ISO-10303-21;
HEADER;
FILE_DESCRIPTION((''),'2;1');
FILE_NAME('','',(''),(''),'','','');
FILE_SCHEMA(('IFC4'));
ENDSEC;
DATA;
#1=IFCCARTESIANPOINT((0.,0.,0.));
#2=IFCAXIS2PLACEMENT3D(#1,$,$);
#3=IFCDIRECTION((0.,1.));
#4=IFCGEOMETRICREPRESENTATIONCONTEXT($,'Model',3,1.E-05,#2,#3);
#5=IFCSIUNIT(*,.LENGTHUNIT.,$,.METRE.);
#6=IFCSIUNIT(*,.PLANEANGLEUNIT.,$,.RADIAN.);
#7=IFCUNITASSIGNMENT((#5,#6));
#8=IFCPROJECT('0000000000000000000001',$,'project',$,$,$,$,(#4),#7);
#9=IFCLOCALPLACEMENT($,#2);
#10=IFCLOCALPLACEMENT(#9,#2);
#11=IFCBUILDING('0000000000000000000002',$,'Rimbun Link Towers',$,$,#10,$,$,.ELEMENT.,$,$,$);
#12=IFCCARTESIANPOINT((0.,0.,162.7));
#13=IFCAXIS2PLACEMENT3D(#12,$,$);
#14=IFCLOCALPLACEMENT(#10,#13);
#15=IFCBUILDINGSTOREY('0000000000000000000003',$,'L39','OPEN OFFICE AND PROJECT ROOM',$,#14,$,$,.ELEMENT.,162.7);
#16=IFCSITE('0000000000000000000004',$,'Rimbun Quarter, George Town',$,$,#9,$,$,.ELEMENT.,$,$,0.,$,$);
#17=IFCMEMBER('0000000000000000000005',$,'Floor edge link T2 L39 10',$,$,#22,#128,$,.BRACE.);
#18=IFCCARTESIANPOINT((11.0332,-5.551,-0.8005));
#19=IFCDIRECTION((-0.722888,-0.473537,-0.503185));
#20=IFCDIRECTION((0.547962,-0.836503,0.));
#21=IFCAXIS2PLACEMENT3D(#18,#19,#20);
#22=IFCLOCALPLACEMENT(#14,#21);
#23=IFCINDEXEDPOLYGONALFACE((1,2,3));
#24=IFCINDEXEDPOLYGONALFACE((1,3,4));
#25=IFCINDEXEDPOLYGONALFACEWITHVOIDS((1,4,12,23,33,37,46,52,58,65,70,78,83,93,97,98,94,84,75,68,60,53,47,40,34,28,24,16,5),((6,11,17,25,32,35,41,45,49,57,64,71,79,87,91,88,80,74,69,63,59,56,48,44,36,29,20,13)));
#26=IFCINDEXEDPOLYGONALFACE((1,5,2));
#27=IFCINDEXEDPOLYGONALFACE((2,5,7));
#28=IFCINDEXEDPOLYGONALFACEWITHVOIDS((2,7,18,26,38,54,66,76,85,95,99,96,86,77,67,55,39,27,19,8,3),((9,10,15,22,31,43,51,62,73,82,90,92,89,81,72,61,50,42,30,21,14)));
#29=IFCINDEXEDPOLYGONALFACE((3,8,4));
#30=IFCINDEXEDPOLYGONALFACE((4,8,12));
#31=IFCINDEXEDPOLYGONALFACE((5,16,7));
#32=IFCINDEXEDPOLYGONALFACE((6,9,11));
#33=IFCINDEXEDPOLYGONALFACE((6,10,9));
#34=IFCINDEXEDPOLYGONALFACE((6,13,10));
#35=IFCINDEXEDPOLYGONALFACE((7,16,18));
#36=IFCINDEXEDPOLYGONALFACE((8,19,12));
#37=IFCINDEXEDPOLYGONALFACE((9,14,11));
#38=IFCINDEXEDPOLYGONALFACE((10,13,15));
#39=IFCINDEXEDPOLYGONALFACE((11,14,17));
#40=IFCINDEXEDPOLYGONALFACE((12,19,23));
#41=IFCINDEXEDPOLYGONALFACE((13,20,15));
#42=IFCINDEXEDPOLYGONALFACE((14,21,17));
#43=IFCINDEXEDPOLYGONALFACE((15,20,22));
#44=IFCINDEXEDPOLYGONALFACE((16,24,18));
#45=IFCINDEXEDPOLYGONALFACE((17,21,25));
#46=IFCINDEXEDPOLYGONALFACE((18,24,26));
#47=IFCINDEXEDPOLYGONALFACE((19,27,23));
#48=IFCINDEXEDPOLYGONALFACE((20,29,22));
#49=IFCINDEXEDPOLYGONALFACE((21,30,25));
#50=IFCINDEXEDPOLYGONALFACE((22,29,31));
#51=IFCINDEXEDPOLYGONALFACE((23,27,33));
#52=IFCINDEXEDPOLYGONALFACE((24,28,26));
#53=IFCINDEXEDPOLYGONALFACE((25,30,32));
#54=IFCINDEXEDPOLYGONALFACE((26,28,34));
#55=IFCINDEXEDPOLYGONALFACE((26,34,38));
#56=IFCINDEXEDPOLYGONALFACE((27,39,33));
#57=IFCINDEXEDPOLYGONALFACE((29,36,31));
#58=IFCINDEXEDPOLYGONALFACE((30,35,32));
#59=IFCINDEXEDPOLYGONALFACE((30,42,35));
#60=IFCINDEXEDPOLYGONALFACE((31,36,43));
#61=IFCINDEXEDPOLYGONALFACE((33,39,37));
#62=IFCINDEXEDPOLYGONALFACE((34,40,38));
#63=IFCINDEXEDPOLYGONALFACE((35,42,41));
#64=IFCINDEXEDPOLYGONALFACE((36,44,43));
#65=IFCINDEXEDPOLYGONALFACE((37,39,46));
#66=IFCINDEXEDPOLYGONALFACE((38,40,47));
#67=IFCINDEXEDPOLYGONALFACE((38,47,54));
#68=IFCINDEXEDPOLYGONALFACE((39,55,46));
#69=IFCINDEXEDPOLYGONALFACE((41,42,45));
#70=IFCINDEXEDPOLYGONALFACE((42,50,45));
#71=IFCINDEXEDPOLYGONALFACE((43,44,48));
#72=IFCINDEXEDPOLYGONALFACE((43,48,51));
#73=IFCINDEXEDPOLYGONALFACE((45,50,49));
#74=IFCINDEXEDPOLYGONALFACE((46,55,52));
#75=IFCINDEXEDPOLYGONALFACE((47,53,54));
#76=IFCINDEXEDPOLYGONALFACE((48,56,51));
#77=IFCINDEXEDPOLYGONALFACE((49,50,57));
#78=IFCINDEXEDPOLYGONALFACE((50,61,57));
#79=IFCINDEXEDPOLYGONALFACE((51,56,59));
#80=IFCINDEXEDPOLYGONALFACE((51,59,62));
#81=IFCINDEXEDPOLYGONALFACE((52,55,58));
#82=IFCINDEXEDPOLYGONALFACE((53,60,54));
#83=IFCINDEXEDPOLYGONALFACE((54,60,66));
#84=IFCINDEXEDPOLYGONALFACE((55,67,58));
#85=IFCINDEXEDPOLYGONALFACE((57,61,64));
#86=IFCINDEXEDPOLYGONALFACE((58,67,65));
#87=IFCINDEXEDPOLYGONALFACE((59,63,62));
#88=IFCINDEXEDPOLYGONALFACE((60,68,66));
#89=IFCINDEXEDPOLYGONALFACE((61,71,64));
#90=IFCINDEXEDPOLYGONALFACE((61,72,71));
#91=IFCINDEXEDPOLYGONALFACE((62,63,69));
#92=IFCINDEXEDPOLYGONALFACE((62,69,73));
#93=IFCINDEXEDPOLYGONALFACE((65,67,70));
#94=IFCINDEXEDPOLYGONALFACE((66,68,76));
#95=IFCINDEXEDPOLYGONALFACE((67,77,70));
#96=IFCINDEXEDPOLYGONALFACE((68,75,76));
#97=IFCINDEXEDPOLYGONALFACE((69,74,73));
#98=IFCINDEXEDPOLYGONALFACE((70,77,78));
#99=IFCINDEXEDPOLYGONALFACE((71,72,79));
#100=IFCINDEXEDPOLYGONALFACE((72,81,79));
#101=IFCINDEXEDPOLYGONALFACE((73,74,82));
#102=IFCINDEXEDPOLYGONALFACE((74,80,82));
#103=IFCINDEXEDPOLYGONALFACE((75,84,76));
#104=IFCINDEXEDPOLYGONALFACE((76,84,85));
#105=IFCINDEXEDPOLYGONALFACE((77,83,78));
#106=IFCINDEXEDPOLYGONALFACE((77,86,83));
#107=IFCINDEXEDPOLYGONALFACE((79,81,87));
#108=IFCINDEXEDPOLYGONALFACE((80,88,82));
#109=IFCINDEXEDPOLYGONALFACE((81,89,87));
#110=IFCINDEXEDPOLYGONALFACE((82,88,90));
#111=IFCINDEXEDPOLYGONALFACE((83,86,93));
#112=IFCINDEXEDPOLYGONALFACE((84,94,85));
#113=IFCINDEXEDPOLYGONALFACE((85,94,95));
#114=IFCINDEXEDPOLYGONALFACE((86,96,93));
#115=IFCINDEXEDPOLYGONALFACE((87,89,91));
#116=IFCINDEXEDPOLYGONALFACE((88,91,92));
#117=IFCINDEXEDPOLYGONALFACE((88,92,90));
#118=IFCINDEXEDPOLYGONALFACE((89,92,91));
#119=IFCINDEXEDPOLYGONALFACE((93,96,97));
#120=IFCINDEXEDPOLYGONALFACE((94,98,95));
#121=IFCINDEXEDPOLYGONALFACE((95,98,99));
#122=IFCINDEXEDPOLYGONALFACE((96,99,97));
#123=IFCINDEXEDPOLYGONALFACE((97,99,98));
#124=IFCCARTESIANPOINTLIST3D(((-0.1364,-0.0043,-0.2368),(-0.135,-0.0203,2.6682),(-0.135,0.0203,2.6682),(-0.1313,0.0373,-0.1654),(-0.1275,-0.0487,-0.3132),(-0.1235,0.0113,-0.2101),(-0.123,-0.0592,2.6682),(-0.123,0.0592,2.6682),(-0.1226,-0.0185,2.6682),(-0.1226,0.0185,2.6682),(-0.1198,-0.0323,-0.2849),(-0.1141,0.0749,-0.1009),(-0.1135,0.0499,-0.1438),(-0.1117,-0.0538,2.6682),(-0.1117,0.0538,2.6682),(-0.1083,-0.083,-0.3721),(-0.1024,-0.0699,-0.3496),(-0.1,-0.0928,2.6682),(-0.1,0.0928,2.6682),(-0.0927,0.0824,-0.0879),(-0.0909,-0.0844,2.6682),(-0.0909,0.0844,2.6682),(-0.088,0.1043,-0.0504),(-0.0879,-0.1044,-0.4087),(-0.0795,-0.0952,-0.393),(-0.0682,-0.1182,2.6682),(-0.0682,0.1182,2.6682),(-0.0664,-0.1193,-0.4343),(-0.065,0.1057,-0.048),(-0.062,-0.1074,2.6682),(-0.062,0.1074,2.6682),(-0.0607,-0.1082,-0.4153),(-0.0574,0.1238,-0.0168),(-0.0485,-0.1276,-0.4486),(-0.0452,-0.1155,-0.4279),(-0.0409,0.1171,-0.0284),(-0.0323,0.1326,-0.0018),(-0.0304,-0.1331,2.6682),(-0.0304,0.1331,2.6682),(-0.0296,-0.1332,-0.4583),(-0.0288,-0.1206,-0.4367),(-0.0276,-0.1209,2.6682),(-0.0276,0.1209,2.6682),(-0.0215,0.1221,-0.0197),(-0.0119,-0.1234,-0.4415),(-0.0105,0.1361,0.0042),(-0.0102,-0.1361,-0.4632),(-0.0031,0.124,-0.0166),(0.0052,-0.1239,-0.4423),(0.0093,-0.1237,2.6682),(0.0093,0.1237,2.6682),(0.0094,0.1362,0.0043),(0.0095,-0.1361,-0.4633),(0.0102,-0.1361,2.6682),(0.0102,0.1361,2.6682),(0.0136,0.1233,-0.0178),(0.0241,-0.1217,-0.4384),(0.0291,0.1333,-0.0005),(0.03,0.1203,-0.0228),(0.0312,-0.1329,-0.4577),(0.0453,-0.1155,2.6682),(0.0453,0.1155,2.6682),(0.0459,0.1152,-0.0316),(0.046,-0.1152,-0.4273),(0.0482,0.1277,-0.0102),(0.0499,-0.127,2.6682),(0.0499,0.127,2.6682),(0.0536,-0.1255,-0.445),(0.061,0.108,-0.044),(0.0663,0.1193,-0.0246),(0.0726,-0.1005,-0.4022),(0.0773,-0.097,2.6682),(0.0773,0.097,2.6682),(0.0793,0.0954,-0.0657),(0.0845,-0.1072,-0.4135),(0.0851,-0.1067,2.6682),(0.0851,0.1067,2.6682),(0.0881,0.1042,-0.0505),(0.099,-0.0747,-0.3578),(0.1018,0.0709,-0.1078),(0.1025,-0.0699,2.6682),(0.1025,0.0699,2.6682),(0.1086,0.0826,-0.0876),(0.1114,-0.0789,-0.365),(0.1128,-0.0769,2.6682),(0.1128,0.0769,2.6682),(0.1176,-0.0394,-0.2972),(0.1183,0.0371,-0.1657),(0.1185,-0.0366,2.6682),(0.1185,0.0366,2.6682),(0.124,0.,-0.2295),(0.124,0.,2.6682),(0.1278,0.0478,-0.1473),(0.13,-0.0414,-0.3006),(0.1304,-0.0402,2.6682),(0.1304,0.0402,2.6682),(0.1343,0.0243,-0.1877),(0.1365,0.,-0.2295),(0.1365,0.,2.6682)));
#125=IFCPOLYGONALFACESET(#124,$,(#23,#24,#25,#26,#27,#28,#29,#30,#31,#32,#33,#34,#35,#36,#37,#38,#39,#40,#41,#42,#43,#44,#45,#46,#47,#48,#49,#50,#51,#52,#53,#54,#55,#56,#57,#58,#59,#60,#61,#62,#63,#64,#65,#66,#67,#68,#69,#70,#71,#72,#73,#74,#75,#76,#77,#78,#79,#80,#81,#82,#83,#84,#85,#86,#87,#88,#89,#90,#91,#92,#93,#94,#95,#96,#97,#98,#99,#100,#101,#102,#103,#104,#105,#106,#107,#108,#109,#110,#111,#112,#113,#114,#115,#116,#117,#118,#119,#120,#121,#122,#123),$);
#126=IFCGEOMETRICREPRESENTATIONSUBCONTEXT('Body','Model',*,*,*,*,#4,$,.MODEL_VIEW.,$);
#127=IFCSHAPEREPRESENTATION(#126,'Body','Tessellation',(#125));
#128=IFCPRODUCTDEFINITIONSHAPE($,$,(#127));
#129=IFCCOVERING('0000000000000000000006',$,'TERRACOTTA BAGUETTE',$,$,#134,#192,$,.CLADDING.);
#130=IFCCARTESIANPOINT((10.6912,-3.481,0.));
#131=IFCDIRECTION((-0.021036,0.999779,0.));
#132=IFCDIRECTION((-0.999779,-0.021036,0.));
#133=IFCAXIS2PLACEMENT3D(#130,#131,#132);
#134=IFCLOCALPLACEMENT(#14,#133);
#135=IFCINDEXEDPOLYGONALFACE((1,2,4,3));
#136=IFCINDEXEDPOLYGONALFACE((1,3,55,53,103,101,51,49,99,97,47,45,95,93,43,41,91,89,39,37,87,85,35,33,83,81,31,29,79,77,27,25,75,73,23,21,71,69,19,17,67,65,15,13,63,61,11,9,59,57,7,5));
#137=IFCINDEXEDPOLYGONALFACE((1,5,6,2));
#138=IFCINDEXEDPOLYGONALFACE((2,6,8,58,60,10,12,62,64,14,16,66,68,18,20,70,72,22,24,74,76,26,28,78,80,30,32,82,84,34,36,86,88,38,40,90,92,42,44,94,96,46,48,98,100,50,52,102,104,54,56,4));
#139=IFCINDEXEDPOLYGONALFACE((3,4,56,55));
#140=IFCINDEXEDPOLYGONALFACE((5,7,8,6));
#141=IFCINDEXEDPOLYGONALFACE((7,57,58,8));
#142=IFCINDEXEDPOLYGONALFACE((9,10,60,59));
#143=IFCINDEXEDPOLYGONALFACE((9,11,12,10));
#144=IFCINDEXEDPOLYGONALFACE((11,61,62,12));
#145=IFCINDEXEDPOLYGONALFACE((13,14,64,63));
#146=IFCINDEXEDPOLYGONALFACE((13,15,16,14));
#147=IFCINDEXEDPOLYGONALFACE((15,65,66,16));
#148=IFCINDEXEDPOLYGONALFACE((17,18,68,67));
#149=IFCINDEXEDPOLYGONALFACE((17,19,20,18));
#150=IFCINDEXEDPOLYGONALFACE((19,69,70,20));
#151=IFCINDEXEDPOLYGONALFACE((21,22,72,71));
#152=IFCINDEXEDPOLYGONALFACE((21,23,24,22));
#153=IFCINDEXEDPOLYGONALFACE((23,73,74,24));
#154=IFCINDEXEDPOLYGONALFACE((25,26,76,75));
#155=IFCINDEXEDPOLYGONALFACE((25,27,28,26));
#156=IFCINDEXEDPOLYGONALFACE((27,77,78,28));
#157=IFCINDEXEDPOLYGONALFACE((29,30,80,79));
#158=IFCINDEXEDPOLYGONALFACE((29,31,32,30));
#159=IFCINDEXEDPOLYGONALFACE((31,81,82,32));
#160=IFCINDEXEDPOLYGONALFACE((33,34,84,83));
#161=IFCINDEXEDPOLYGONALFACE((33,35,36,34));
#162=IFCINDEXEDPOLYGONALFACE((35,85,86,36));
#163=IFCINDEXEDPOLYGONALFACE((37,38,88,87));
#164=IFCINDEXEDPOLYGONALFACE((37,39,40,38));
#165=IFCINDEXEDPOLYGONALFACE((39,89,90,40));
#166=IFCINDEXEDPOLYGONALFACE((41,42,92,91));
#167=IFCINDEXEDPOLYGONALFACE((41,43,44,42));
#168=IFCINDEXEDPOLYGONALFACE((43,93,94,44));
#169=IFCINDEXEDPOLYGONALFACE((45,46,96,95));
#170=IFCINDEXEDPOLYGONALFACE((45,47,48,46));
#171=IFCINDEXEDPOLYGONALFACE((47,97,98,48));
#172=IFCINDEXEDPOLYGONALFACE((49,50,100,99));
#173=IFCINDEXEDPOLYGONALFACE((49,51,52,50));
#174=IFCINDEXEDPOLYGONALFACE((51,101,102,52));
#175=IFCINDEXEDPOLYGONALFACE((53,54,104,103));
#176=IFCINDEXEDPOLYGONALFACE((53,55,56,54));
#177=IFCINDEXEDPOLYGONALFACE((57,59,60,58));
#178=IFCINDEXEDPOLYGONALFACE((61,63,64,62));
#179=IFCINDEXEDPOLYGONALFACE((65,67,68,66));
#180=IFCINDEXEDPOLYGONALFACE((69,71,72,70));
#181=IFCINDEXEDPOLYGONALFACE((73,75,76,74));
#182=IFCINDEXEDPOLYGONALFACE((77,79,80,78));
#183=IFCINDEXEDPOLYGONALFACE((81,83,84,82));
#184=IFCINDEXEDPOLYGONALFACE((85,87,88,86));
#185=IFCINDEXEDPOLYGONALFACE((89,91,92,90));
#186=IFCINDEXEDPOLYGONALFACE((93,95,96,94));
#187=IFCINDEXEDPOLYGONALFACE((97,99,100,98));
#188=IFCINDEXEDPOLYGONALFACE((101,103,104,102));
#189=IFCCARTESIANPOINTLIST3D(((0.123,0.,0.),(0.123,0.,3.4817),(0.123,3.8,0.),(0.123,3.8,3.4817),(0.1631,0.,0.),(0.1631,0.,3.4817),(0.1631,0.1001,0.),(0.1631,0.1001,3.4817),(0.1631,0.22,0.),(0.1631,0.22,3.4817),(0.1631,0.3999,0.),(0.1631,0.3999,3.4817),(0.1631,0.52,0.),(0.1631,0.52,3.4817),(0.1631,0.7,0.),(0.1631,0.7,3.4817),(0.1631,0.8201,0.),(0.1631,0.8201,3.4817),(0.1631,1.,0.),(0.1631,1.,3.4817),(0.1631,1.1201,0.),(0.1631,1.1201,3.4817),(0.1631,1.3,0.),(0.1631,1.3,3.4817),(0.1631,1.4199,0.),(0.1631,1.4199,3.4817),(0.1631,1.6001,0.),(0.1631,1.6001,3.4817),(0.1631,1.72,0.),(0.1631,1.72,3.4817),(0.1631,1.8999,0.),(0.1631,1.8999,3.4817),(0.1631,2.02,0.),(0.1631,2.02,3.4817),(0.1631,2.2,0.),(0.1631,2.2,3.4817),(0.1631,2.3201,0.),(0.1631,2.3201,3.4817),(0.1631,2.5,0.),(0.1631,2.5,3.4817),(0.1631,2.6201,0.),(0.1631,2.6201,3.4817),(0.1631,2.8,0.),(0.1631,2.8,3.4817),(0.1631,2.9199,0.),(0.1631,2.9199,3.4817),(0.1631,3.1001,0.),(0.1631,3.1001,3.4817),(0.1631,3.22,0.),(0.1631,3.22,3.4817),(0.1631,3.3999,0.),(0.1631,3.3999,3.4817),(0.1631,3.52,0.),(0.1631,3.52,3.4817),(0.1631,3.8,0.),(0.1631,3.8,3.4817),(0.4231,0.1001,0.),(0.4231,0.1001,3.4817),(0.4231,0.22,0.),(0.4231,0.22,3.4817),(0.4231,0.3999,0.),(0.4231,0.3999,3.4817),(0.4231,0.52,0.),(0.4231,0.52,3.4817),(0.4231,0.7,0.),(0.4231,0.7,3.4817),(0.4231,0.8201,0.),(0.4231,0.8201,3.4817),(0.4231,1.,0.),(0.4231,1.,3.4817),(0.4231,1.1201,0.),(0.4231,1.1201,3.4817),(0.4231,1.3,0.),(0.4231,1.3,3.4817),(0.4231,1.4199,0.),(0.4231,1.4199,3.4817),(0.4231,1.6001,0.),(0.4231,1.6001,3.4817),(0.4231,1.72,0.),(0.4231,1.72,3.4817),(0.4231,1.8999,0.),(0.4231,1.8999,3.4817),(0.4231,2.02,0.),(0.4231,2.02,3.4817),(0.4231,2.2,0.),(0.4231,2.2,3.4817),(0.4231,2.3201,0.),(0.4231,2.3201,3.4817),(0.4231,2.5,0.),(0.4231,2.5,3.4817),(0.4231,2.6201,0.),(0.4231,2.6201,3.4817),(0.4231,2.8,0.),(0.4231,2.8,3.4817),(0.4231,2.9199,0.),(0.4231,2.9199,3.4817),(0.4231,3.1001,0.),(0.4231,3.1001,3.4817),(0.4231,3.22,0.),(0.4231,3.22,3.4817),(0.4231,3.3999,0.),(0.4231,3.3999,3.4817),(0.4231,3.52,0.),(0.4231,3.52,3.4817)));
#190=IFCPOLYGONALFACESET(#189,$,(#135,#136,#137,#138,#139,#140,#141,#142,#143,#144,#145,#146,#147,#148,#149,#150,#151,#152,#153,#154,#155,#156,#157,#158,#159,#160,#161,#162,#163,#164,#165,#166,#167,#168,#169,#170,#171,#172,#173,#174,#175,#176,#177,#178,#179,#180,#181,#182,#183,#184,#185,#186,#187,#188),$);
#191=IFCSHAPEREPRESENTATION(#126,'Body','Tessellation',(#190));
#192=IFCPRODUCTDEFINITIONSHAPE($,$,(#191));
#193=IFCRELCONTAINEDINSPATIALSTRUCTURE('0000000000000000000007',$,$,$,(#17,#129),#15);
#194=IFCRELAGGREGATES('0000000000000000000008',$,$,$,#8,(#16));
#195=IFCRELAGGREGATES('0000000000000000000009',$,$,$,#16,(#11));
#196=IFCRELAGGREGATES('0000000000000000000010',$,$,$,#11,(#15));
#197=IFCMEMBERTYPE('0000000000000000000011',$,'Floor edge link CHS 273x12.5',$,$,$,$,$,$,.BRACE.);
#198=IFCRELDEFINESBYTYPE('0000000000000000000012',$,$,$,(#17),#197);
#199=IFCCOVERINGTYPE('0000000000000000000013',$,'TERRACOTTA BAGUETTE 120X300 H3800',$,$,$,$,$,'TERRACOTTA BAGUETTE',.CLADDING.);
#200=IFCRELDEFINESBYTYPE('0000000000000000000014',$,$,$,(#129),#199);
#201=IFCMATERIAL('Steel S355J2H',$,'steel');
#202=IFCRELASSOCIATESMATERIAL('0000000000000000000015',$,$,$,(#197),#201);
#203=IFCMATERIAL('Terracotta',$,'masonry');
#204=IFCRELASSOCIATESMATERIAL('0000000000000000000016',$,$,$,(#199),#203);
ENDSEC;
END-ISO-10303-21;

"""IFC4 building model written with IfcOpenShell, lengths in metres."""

from ifc_helpers import new_model, si_unit, direction, frame, origin, origin_2d, place, context, subcontext, project, spatial, polyline, hollow_circle, outline, extrude, clip, halfspace, material, material_profile, profile_set, type_object, element, save


model = new_model("IFC4")

# Units and contexts
model_context = context("Model", 3, precision=1e-05, world=origin(), true_north=direction((0.0, 1.0)))
body_context = subcontext(model_context, "Body", "Model", "MODEL_VIEW")
ifc_project = project(units=[si_unit("LENGTHUNIT", "METRE"), si_unit("PLANEANGLEUNIT", "RADIAN")], contexts=[model_context])

# Site, building, storey
site_placement = place(None, origin())
site = spatial("IfcSite", under=ifc_project, at=site_placement, Name="Rimbun Quarter, George Town", CompositionType="ELEMENT", RefElevation=0.0)
building_placement = place(site_placement, origin())
building = spatial("IfcBuilding", under=site, at=building_placement, Name="Rimbun Link Towers", CompositionType="ELEMENT")
storey_placement = place(building_placement, frame((0.0, 0.0, 162.7)))
storey = spatial("IfcBuildingStorey", under=building, at=storey_placement, Name="L39", Description="OPEN OFFICE AND PROJECT ROOM", CompositionType="ELEMENT", Elevation=162.7)

# Member
ifc_material_1 = material(Name="Steel S355J2H", Category="steel")
ifc_material_profile_1 = material_profile(ifc_material_1, hollow_circle(Radius=0.1365, WallThickness=0.0125, at=origin_2d()), Name="CHS 273x12.5")
ifc_profile_set_1 = profile_set([ifc_material_profile_1], Name="Steel S355J2H")
member_type_1 = type_object("IfcMemberType", Name="Floor edge link CHS 273x12.5", PredefinedType="BRACE", material=ifc_profile_set_1)
member_1_placement = place(storey_placement, frame((11.0332, -5.551, -0.8005), z_axis=(-0.722888, -0.473537, -0.503185), x_axis=(0.547962, -0.836503, 0.0)))
element("IfcMember", 1, at=member_1_placement, inside=storey, type_object=member_type_1, Name="Floor edge link T2 L39 10", PredefinedType="BRACE", context=body_context, shape_type="Clipping", body=[
    clip(extrude(hollow_circle(Radius=0.1365, WallThickness=0.0125, at=origin_2d()), frame((0.0, 0.0, -0.4888)), (0.0, 0.0, 1.0), 3.157), halfspace(frame((0.0, 0.0, -0.2295), z_axis=(0.0, 0.864179, -0.503185)), False)),
])

# Covering
ifc_material_2 = material(Name="Terracotta", Category="masonry")
ifc_material_profile_2 = material_profile(ifc_material_2, outline(polyline([(0.123, 0.0), (0.1631, 0.0), (0.1631, 0.1001), (0.4231, 0.1001), (0.4231, 0.22), (0.1631, 0.22), (0.1631, 0.3999), (0.4231, 0.3999), (0.4231, 0.52), (0.1631, 0.52), (0.1631, 0.7), (0.4231, 0.7), (0.4231, 0.8201), (0.1631, 0.8201), (0.1631, 1.0), (0.4231, 1.0), (0.4231, 1.1201), (0.1631, 1.1201), (0.1631, 1.3), (0.4231, 1.3), (0.4231, 1.4199), (0.1631, 1.4199), (0.1631, 1.6001), (0.4231, 1.6001), (0.4231, 1.72), (0.1631, 1.72), (0.1631, 1.8999), (0.4231, 1.8999), (0.4231, 2.02), (0.1631, 2.02), (0.1631, 2.2), (0.4231, 2.2), (0.4231, 2.3201), (0.1631, 2.3201), (0.1631, 2.5), (0.4231, 2.5), (0.4231, 2.6201), (0.1631, 2.6201), (0.1631, 2.8), (0.4231, 2.8), (0.4231, 2.9199), (0.1631, 2.9199), (0.1631, 3.1001), (0.4231, 3.1001), (0.4231, 3.22), (0.1631, 3.22), (0.1631, 3.3999), (0.4231, 3.3999), (0.4231, 3.52), (0.1631, 3.52), (0.1631, 3.8), (0.123, 3.8), (0.123, 0.0)])), Name="BAGUETTE 120X300")
ifc_profile_set_2 = profile_set([ifc_material_profile_2], Name="Terracotta")
covering_type_1 = type_object("IfcCoveringType", Name="TERRACOTTA BAGUETTE 120X300 H3800", ElementType="TERRACOTTA BAGUETTE", PredefinedType="CLADDING", material=ifc_profile_set_2)
covering_1_placement = place(storey_placement, frame((10.6912, -3.481, 0.0), z_axis=(-0.021036, 0.999779, 0.0), x_axis=(-0.999779, -0.021036, 0.0)))
element("IfcCovering", 2, at=covering_1_placement, inside=storey, type_object=covering_type_1, Name="TERRACOTTA BAGUETTE", PredefinedType="CLADDING", context=body_context, shape_type="SweptSolid", body=[
    extrude(outline(polyline([(0.123, 0.0), (0.1631, 0.0), (0.1631, 0.1001), (0.4231, 0.1001), (0.4231, 0.22), (0.1631, 0.22), (0.1631, 0.3999), (0.4231, 0.3999), (0.4231, 0.52), (0.1631, 0.52), (0.1631, 0.7), (0.4231, 0.7), (0.4231, 0.8201), (0.1631, 0.8201), (0.1631, 1.0), (0.4231, 1.0), (0.4231, 1.1201), (0.1631, 1.1201), (0.1631, 1.3), (0.4231, 1.3), (0.4231, 1.4199), (0.1631, 1.4199), (0.1631, 1.6001), (0.4231, 1.6001), (0.4231, 1.72), (0.1631, 1.72), (0.1631, 1.8999), (0.4231, 1.8999), (0.4231, 2.02), (0.1631, 2.02), (0.1631, 2.2), (0.4231, 2.2), (0.4231, 2.3201), (0.1631, 2.3201), (0.1631, 2.5), (0.4231, 2.5), (0.4231, 2.6201), (0.1631, 2.6201), (0.1631, 2.8), (0.4231, 2.8), (0.4231, 2.9199), (0.1631, 2.9199), (0.1631, 3.1001), (0.4231, 3.1001), (0.4231, 3.22), (0.1631, 3.22), (0.1631, 3.3999), (0.4231, 3.3999), (0.4231, 3.52), (0.1631, 3.52), (0.1631, 3.8), (0.123, 3.8), (0.123, 0.0)])), origin(), (0.0, 0.0, 1.0), 3.4817),
])

save(model, "model.ifc")
